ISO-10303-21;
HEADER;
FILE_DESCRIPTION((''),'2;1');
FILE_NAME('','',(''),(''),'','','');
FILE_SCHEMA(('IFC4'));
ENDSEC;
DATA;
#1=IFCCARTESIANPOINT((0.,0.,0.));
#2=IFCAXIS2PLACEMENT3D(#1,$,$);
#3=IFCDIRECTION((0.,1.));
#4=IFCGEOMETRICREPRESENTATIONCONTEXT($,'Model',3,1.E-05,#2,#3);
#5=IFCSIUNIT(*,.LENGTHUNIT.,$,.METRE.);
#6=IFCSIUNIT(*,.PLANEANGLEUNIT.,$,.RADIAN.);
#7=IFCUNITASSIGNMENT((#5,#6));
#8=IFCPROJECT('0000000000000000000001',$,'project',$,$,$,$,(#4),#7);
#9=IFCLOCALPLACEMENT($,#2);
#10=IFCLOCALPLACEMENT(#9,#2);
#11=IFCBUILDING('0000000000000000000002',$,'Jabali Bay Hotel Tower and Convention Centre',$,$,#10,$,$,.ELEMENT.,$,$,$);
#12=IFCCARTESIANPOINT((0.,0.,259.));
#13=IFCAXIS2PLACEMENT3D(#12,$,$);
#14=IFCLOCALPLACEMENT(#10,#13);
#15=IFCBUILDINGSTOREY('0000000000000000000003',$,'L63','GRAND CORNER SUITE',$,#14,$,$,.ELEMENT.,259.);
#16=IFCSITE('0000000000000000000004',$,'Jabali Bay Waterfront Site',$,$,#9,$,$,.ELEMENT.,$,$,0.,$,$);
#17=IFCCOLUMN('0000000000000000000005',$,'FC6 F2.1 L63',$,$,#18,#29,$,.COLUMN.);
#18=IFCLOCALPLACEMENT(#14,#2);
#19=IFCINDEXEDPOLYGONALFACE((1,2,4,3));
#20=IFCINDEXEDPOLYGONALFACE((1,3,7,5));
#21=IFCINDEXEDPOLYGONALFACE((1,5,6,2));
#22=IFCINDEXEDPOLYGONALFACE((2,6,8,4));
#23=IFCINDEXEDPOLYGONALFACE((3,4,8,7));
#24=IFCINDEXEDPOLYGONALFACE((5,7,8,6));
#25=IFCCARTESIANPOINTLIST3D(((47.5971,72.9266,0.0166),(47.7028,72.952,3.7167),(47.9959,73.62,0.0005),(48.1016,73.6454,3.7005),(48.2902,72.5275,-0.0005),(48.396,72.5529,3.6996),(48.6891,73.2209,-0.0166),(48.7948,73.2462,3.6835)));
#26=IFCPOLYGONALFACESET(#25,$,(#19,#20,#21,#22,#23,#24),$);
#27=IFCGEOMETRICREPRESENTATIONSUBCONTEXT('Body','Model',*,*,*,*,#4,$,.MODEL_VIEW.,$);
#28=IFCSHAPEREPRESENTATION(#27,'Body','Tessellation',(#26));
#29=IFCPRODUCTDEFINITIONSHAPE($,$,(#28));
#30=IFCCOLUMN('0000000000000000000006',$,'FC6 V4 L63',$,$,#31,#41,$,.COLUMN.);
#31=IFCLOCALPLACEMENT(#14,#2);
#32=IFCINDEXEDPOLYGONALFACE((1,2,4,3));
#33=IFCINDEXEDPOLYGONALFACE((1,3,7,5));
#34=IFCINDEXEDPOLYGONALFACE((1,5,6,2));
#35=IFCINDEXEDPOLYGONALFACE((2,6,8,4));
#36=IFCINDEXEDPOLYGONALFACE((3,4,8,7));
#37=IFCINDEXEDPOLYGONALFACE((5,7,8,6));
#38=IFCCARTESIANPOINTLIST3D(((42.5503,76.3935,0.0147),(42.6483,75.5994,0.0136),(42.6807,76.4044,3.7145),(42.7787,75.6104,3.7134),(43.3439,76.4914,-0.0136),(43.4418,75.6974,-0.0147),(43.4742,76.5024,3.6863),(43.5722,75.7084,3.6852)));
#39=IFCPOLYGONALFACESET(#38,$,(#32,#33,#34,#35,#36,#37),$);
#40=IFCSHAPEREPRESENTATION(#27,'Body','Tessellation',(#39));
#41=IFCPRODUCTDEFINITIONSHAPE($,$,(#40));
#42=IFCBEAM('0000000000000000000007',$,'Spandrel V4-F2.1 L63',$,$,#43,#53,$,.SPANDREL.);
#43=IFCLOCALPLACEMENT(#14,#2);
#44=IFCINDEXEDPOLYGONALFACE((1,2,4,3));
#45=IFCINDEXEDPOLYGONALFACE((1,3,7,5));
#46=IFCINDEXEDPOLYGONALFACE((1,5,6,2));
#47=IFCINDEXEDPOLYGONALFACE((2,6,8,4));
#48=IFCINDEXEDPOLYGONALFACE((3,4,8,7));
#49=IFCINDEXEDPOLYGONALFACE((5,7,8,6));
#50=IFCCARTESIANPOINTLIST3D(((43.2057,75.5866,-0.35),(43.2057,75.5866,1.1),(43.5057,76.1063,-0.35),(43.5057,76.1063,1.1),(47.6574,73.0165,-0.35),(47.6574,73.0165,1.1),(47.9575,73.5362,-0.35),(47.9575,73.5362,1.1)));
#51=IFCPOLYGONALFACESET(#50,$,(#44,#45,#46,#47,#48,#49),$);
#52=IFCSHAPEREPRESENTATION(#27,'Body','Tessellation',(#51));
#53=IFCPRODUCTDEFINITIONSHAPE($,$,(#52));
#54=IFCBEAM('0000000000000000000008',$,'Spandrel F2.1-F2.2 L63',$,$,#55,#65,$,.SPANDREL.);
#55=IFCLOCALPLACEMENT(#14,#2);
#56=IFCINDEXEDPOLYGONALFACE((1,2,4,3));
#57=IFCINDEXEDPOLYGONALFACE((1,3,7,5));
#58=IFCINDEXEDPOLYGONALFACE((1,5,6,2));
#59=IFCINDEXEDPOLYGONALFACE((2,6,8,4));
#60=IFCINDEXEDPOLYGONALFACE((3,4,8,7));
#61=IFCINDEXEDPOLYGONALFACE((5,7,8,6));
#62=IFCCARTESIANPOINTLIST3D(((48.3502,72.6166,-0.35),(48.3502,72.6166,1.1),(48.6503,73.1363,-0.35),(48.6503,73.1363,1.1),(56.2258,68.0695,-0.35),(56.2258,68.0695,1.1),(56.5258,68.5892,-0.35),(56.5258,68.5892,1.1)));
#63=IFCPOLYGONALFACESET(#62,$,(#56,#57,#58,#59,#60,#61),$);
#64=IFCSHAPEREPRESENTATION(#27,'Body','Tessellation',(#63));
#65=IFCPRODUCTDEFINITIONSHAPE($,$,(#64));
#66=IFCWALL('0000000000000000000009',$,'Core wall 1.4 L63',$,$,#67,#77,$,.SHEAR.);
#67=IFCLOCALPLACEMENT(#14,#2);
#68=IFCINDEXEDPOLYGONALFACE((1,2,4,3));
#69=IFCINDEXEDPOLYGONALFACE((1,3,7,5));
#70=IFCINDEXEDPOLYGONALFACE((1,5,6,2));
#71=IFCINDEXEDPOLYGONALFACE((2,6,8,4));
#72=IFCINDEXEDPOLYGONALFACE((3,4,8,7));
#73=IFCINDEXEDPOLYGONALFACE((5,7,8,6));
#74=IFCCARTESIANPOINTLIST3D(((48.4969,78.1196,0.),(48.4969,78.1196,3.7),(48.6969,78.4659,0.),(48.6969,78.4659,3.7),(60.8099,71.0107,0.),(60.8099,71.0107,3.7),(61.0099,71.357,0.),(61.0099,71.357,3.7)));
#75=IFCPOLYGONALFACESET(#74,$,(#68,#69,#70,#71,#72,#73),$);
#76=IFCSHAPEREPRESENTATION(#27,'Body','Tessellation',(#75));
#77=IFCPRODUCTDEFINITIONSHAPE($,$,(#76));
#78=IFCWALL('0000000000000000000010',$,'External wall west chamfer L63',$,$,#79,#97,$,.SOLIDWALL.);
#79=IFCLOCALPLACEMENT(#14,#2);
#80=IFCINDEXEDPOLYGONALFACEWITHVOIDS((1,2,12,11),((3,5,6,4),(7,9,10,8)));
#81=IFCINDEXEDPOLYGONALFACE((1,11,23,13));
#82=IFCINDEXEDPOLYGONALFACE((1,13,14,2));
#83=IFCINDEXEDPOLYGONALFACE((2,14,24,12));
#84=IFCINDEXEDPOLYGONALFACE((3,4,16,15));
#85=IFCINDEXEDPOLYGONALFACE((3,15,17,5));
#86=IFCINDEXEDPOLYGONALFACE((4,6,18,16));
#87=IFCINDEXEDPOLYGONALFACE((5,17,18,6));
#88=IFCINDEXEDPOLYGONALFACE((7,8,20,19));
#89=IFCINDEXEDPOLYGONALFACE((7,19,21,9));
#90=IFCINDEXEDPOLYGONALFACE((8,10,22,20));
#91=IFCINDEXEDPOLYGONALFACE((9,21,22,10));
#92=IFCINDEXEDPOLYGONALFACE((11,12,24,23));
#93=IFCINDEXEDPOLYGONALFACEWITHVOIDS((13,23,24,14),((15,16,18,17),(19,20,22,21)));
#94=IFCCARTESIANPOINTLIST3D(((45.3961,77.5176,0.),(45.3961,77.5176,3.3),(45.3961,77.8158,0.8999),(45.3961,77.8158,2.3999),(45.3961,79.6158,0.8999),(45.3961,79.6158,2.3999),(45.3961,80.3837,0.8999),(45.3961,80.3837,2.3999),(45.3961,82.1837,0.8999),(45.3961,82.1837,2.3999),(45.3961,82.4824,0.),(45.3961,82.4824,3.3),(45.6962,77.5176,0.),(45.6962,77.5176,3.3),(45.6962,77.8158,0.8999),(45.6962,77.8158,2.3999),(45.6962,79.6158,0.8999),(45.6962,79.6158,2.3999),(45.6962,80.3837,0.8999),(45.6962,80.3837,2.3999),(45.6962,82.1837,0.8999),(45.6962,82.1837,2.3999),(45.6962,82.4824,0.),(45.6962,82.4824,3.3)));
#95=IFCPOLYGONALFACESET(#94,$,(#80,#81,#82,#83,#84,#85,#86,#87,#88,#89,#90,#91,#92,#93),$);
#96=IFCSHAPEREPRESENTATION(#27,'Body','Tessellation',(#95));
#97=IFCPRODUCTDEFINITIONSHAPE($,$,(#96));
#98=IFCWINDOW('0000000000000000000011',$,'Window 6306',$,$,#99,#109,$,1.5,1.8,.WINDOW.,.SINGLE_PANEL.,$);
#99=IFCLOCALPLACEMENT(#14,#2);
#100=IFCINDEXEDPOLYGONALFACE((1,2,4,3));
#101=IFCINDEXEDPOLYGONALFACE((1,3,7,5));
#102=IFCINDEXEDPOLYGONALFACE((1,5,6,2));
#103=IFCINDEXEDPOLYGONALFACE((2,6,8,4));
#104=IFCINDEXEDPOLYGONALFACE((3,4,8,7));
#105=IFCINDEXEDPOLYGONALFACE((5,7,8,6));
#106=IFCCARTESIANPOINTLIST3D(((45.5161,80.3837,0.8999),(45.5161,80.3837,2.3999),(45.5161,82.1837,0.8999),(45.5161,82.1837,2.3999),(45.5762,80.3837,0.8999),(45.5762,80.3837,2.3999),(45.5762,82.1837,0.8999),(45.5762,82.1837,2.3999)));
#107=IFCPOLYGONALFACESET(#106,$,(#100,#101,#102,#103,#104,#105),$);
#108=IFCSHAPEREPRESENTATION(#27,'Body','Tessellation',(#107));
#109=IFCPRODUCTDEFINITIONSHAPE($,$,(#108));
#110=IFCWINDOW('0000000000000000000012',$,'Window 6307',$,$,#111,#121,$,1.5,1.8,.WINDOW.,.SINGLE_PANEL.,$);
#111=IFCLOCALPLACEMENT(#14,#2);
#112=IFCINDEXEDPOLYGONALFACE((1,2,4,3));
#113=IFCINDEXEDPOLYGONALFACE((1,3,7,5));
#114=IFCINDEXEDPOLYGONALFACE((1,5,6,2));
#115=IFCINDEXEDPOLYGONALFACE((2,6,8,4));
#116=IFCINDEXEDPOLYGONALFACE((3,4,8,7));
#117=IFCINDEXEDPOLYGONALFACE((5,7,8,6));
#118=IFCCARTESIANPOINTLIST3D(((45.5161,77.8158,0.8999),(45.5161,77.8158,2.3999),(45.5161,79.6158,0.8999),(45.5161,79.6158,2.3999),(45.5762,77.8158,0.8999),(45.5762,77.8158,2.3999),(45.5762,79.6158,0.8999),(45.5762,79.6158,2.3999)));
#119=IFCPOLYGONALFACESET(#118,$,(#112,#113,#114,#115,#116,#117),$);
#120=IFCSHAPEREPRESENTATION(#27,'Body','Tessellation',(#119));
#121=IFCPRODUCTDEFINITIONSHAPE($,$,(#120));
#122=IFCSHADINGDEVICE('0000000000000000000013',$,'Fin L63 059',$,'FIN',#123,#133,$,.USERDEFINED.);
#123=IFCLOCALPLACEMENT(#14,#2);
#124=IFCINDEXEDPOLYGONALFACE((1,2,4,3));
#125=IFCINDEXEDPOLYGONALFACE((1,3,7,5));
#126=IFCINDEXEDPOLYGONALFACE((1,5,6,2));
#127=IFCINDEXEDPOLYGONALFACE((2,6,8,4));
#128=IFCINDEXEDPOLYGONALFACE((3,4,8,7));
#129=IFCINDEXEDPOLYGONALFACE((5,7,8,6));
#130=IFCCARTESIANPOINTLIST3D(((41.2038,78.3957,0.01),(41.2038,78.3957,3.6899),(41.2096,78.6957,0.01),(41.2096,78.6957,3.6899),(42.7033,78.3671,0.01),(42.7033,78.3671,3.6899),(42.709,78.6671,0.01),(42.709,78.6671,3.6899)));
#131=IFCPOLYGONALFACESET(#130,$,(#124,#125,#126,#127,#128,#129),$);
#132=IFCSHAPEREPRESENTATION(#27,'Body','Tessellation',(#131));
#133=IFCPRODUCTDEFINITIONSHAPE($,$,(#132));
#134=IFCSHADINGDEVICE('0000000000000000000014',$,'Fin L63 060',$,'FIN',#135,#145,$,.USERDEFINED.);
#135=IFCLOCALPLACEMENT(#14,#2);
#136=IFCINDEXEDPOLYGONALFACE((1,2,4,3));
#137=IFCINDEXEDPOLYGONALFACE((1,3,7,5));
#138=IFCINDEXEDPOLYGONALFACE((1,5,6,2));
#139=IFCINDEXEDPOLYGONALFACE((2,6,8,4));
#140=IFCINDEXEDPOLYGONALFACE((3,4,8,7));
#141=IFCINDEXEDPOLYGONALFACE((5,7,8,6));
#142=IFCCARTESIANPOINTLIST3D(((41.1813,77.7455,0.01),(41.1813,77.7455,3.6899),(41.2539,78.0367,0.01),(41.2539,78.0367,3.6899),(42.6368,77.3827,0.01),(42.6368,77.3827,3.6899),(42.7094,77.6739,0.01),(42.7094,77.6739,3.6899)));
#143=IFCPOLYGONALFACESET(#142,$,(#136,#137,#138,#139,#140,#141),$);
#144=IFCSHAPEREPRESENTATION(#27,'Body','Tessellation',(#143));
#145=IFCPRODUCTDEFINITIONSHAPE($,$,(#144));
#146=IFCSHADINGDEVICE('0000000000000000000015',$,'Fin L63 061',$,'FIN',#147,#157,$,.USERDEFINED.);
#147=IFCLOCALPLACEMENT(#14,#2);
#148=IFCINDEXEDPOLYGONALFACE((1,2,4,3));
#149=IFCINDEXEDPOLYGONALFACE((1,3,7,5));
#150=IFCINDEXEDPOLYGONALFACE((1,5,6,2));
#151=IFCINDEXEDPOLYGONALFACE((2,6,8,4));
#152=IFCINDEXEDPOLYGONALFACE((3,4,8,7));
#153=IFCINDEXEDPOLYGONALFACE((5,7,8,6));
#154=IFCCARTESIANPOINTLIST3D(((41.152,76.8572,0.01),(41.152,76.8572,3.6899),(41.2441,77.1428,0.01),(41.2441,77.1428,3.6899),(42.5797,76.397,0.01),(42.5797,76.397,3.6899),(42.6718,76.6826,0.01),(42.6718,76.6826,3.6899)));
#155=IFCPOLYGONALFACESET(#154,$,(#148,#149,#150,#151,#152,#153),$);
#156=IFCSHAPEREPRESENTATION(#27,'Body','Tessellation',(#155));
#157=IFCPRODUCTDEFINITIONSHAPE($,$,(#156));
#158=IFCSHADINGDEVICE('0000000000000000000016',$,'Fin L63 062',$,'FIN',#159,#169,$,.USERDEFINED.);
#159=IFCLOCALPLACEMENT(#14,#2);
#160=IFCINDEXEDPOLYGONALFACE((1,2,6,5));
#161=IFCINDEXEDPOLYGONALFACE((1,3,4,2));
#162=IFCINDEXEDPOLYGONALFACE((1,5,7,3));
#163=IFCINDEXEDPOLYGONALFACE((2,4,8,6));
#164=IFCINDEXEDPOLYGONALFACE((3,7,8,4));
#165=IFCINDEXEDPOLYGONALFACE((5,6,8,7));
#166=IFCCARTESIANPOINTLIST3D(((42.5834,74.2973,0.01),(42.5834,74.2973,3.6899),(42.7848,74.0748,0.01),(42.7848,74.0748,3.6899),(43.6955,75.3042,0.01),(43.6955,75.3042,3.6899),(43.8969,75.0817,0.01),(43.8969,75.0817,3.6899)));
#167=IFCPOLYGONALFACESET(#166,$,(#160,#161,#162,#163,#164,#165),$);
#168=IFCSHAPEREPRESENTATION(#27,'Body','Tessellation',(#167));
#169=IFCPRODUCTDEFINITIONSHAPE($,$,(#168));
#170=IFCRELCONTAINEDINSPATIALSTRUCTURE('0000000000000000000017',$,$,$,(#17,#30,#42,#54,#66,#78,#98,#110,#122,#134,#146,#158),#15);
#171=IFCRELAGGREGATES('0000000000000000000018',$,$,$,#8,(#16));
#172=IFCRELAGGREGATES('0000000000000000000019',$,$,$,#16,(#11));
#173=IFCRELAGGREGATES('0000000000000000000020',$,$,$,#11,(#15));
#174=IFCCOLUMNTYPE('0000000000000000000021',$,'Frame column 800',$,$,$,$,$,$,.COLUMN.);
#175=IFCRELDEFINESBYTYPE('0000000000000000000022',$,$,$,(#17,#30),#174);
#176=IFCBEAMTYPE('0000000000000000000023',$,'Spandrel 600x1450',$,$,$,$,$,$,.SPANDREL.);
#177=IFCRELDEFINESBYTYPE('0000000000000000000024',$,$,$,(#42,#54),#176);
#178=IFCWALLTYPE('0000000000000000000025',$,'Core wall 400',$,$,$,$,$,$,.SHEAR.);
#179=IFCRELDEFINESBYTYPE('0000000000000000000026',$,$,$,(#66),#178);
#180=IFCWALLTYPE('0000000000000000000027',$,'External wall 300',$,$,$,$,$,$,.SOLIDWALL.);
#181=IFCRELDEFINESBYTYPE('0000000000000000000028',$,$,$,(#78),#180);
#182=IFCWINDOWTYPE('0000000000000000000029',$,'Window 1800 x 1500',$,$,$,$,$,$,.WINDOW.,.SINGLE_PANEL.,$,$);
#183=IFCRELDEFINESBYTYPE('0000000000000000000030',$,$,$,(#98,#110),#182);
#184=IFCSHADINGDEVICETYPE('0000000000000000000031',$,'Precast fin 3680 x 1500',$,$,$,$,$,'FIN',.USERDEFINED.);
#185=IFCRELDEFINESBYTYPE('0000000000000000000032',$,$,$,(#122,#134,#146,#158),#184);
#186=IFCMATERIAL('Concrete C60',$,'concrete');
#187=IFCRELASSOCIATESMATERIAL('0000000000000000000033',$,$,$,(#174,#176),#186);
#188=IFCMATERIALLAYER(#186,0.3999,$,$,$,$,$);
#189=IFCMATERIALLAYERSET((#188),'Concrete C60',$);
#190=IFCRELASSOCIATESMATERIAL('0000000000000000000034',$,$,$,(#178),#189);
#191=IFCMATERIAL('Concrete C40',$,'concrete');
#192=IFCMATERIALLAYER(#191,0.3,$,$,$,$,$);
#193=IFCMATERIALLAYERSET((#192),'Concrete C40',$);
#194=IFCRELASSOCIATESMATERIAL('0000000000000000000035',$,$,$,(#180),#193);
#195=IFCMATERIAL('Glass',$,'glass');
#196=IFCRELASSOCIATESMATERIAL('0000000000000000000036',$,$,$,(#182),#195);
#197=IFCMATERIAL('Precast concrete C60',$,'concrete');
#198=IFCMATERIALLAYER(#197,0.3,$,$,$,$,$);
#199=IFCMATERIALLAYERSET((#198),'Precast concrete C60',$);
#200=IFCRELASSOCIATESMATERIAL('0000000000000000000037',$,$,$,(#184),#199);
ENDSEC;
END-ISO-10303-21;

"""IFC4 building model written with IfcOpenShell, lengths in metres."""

from ifc_helpers import new_model, si_unit, direction, frame, frame_2d, origin, origin_2d, place, context, subcontext, project, spatial, rectangle, extrude, material, layer, layer_set, material_profile, profile_set, type_object, element, fill, save


model = new_model("IFC4")

# Units and contexts
model_context = context("Model", 3, precision=1e-05, world=origin(), true_north=direction((0.0, 1.0)))
body_context = subcontext(model_context, "Body", "Model", "MODEL_VIEW")
ifc_project = project(units=[si_unit("LENGTHUNIT", "METRE"), si_unit("PLANEANGLEUNIT", "RADIAN")], contexts=[model_context])

# Site, building, storey
site_placement = place(None, origin())
site = spatial("IfcSite", under=ifc_project, at=site_placement, Name="Jabali Bay Waterfront Site", CompositionType="ELEMENT", RefElevation=0.0)
building_placement = place(site_placement, origin())
building = spatial("IfcBuilding", under=site, at=building_placement, Name="Jabali Bay Hotel Tower and Convention Centre", CompositionType="ELEMENT")
storey_placement = place(building_placement, frame((0.0, 0.0, 259.0)))
storey = spatial("IfcBuildingStorey", under=building, at=storey_placement, Name="L63", Description="GRAND CORNER SUITE", CompositionType="ELEMENT", Elevation=259.0)

# Columns
ifc_material_1 = material(Name="Concrete C60", Category="concrete")
ifc_material_profile_1 = material_profile(ifc_material_1, rectangle(XDim=0.8, YDim=0.8, at=origin_2d()), Name="Frame column 800")
ifc_profile_set_1 = profile_set([ifc_material_profile_1], Name="Concrete C60")
column_type = type_object("IfcColumnType", Name="Frame column 800", PredefinedType="COLUMN", material=ifc_profile_set_1)
column_1_placement = place(storey_placement, frame((48.1431, 73.0737, 0.0), z_axis=(0.028559, 0.006859, 0.999569), x_axis=(-0.866415, 0.498869, 0.021331)))
element("IfcColumn", 1, at=column_1_placement, inside=storey, type_object=column_type, Name="FC6 F2.1 L63", PredefinedType="COLUMN", context=body_context, shape_type="SweptSolid", body=[
    extrude(rectangle(XDim=0.8, YDim=0.8, at=origin_2d()), origin(), (0.0, 0.0, 1.0), 3.7017),
])
column_2_placement = place(storey_placement, frame((42.9961, 76.0454, 0.0), z_axis=(0.035214, 0.002967, 0.999375), x_axis=(-0.122454, 0.992473, 0.001368)))
element("IfcColumn", 2, at=column_2_placement, inside=storey, type_object=column_type, Name="FC6 V4 L63", PredefinedType="COLUMN", context=body_context, shape_type="SweptSolid", body=[
    extrude(rectangle(XDim=0.8, YDim=0.8, at=origin_2d()), origin(), (0.0, 0.0, 1.0), 3.7021),
])

# Beams
ifc_material_profile_2 = material_profile(ifc_material_1, rectangle(XDim=0.6001, YDim=1.45, at=origin_2d()), Name="Spandrel 600x1450")
ifc_profile_set_2 = profile_set([ifc_material_profile_2], Name="Concrete C60")
beam_type = type_object("IfcBeamType", Name="Spandrel 600x1450", PredefinedType="SPANDREL", material=ifc_profile_set_2)
beam_1_placement = place(storey_placement, frame((43.3557, 75.8464, 0.375), z_axis=(0.866034, -0.499986, 0.0), x_axis=(0.499986, 0.866034, 0.0)))
element("IfcBeam", 3, at=beam_1_placement, inside=storey, type_object=beam_type, Name="Spandrel V4-F2.1 L63", PredefinedType="SPANDREL", context=body_context, shape_type="SweptSolid", body=[
    extrude(rectangle(XDim=0.6001, YDim=1.45, at=origin_2d()), origin(), (0.0, 0.0, 1.0), 5.1404),
])
beam_2_placement = place(storey_placement, frame((48.5002, 72.8765, 0.375), z_axis=(0.866016, -0.500017, 0.0), x_axis=(0.500017, 0.866016, 0.0)))
element("IfcBeam", 4, at=beam_2_placement, inside=storey, type_object=beam_type, Name="Spandrel F2.1-F2.2 L63", PredefinedType="SPANDREL", context=body_context, shape_type="SweptSolid", body=[
    extrude(rectangle(XDim=0.6001, YDim=1.45, at=origin_2d()), origin(), (0.0, 0.0, 1.0), 9.094),
])

# Wall
ifc_layer_1 = layer(ifc_material_1, 0.3999)
ifc_layer_set_1 = layer_set([ifc_layer_1], Name="Concrete C60")
wall_type_1 = type_object("IfcWallType", Name="Core wall 400", PredefinedType="SHEAR", material=ifc_layer_set_1)
wall_1_placement = place(storey_placement, frame((48.5969, 78.2927, 0.0), z_axis=(0.0, 0.0, 1.0), x_axis=(0.866026, -0.499999, 0.0)))
element("IfcWall", 5, at=wall_1_placement, inside=storey, type_object=wall_type_1, Name="Core wall 1.4 L63", PredefinedType="SHEAR", context=body_context, shape_type="SweptSolid", body=[
    extrude(rectangle(XDim=14.2178, YDim=0.3999, at=frame_2d((7.1089, 0.0))), origin(), (0.0, 0.0, 1.0), 3.7),
])

# Wall, openings, windows
ifc_material_2 = material(Name="Concrete C40", Category="concrete")
ifc_layer_2 = layer(ifc_material_2, 0.3)
ifc_layer_set_2 = layer_set([ifc_layer_2], Name="Concrete C40")
wall_type_2 = type_object("IfcWallType", Name="External wall 300", PredefinedType="SOLIDWALL", material=ifc_layer_set_2)
wall_2_placement = place(storey_placement, frame((45.5461, 77.5176, 0.0), z_axis=(0.0, 0.0, 1.0), x_axis=(0.0, 1.0, 0.0)))
wall_2 = element("IfcWall", 6, at=wall_2_placement, inside=storey, type_object=wall_type_2, Name="External wall west chamfer L63", PredefinedType="SOLIDWALL", context=body_context, shape_type="SweptSolid", body=[
    extrude(rectangle(XDim=4.9648, YDim=0.3, at=frame_2d((2.4824, 0.0))), origin(), (0.0, 0.0, 1.0), 3.3),
])
opening_1_placement = place(wall_2_placement, frame((2.8662, 0.0, 0.8999)))
opening_1 = element("IfcOpeningElement", 7, at=opening_1_placement, cuts=wall_2, PredefinedType="OPENING", context=body_context, shape_type="SweptSolid", body=[
    extrude(rectangle(XDim=1.8, YDim=1.5, at=frame_2d((0.8999, 0.75))), frame((0.0, 0.1606, 0.0), z_axis=(0.0, -1.0, 0.0), x_axis=(1.0, 0.0, 0.0)), (0.0, 0.0, 1.0), 0.321),
])
opening_2_placement = place(wall_2_placement, frame((0.2983, 0.0, 0.8999)))
opening_2 = element("IfcOpeningElement", 8, at=opening_2_placement, cuts=wall_2, PredefinedType="OPENING", context=body_context, shape_type="SweptSolid", body=[
    extrude(rectangle(XDim=1.8, YDim=1.5, at=frame_2d((0.8999, 0.75))), frame((0.0, 0.1606, 0.0), z_axis=(0.0, -1.0, 0.0), x_axis=(1.0, 0.0, 0.0)), (0.0, 0.0, 1.0), 0.321),
])
ifc_material_3 = material(Name="Glass", Category="glass")
window_type = type_object("IfcWindowType", Name="Window 1800 x 1500", PartitioningType="SINGLE_PANEL", PredefinedType="WINDOW", material=ifc_material_3)
window_1_placement = place(opening_1_placement, origin())
window_1 = element("IfcWindow", 9, at=window_1_placement, inside=storey, type_object=window_type, Name="Window 6306", OverallHeight=1.5, OverallWidth=1.8, PartitioningType="SINGLE_PANEL", PredefinedType="WINDOW", context=body_context, shape_type="SweptSolid", body=[
    extrude(rectangle(XDim=1.8, YDim=1.5, at=frame_2d((0.8999, 0.75))), frame((0.0, 0.03, 0.0), z_axis=(0.0, -1.0, 0.0), x_axis=(1.0, 0.0, 0.0)), (0.0, 0.0, 1.0), 0.0601),
])
fill(opening_1, window_1)
window_2_placement = place(opening_2_placement, origin())
window_2 = element("IfcWindow", 10, at=window_2_placement, inside=storey, type_object=window_type, Name="Window 6307", OverallHeight=1.5, OverallWidth=1.8, PartitioningType="SINGLE_PANEL", PredefinedType="WINDOW", context=body_context, shape_type="SweptSolid", body=[
    extrude(rectangle(XDim=1.8, YDim=1.5, at=frame_2d((0.8999, 0.75))), frame((0.0, 0.03, 0.0), z_axis=(0.0, -1.0, 0.0), x_axis=(1.0, 0.0, 0.0)), (0.0, 0.0, 1.0), 0.0601),
])
fill(opening_2, window_2)

# Shading devices
ifc_material_4 = material(Name="Precast concrete C60", Category="concrete")
ifc_layer_3 = layer(ifc_material_4, 0.3)
ifc_layer_set_3 = layer_set([ifc_layer_3], Name="Precast concrete C60")
shading_device_type = type_object("IfcShadingDeviceType", Name="Precast fin 3680 x 1500", ElementType="FIN", PredefinedType="USERDEFINED", material=ifc_layer_set_3)
shading_device_1_placement = place(storey_placement, frame((42.7063, 78.5171, 0.01), z_axis=(0.0, 0.0, 1.0), x_axis=(-0.999819, 0.019046, 0.0)))
element("IfcShadingDevice", 11, at=shading_device_1_placement, inside=storey, type_object=shading_device_type, Name="Fin L63 059", ObjectType="FIN", PredefinedType="USERDEFINED", context=body_context, shape_type="SweptSolid", body=[
    extrude(rectangle(XDim=1.4998, YDim=0.3, at=frame_2d((0.75, 0.0))), origin(), (0.0, 0.0, 1.0), 3.6799),
])
for number, where, z_axis, x_axis, name in (
    (12, (42.6731, 77.5283, 0.01), (0.0, 0.0, 1.0), (-0.970315, 0.241846, 0.0), "Fin L63 060"),
    (13, (42.6257, 76.5398, 0.01), (0.0, 0.0, 1.0), (-0.951778, 0.306789, 0.0), "Fin L63 061"),
):
    element("IfcShadingDevice", number, at=place(storey_placement, frame(where, z_axis=z_axis, x_axis=x_axis)), inside=storey, type_object=shading_device_type, Name=name, ObjectType="FIN", PredefinedType="USERDEFINED", context=body_context, shape_type="SweptSolid", body=[
        extrude(rectangle(XDim=1.5, YDim=0.3, at=frame_2d((0.75, 0.0))), origin(), (0.0, 0.0, 1.0), 3.6799),
    ])
shading_device_2_placement = place(storey_placement, frame((43.7961, 75.1929, 0.01), z_axis=(0.0, 0.0, 1.0), x_axis=(-0.741308, -0.671165, 0.0)))
element("IfcShadingDevice", 14, at=shading_device_2_placement, inside=storey, type_object=shading_device_type, Name="Fin L63 062", ObjectType="FIN", PredefinedType="USERDEFINED", context=body_context, shape_type="SweptSolid", body=[
    extrude(rectangle(XDim=1.5002, YDim=0.3, at=frame_2d((0.75, 0.0))), origin(), (0.0, 0.0, 1.0), 3.6799),
])

save(model, "model.ifc")
